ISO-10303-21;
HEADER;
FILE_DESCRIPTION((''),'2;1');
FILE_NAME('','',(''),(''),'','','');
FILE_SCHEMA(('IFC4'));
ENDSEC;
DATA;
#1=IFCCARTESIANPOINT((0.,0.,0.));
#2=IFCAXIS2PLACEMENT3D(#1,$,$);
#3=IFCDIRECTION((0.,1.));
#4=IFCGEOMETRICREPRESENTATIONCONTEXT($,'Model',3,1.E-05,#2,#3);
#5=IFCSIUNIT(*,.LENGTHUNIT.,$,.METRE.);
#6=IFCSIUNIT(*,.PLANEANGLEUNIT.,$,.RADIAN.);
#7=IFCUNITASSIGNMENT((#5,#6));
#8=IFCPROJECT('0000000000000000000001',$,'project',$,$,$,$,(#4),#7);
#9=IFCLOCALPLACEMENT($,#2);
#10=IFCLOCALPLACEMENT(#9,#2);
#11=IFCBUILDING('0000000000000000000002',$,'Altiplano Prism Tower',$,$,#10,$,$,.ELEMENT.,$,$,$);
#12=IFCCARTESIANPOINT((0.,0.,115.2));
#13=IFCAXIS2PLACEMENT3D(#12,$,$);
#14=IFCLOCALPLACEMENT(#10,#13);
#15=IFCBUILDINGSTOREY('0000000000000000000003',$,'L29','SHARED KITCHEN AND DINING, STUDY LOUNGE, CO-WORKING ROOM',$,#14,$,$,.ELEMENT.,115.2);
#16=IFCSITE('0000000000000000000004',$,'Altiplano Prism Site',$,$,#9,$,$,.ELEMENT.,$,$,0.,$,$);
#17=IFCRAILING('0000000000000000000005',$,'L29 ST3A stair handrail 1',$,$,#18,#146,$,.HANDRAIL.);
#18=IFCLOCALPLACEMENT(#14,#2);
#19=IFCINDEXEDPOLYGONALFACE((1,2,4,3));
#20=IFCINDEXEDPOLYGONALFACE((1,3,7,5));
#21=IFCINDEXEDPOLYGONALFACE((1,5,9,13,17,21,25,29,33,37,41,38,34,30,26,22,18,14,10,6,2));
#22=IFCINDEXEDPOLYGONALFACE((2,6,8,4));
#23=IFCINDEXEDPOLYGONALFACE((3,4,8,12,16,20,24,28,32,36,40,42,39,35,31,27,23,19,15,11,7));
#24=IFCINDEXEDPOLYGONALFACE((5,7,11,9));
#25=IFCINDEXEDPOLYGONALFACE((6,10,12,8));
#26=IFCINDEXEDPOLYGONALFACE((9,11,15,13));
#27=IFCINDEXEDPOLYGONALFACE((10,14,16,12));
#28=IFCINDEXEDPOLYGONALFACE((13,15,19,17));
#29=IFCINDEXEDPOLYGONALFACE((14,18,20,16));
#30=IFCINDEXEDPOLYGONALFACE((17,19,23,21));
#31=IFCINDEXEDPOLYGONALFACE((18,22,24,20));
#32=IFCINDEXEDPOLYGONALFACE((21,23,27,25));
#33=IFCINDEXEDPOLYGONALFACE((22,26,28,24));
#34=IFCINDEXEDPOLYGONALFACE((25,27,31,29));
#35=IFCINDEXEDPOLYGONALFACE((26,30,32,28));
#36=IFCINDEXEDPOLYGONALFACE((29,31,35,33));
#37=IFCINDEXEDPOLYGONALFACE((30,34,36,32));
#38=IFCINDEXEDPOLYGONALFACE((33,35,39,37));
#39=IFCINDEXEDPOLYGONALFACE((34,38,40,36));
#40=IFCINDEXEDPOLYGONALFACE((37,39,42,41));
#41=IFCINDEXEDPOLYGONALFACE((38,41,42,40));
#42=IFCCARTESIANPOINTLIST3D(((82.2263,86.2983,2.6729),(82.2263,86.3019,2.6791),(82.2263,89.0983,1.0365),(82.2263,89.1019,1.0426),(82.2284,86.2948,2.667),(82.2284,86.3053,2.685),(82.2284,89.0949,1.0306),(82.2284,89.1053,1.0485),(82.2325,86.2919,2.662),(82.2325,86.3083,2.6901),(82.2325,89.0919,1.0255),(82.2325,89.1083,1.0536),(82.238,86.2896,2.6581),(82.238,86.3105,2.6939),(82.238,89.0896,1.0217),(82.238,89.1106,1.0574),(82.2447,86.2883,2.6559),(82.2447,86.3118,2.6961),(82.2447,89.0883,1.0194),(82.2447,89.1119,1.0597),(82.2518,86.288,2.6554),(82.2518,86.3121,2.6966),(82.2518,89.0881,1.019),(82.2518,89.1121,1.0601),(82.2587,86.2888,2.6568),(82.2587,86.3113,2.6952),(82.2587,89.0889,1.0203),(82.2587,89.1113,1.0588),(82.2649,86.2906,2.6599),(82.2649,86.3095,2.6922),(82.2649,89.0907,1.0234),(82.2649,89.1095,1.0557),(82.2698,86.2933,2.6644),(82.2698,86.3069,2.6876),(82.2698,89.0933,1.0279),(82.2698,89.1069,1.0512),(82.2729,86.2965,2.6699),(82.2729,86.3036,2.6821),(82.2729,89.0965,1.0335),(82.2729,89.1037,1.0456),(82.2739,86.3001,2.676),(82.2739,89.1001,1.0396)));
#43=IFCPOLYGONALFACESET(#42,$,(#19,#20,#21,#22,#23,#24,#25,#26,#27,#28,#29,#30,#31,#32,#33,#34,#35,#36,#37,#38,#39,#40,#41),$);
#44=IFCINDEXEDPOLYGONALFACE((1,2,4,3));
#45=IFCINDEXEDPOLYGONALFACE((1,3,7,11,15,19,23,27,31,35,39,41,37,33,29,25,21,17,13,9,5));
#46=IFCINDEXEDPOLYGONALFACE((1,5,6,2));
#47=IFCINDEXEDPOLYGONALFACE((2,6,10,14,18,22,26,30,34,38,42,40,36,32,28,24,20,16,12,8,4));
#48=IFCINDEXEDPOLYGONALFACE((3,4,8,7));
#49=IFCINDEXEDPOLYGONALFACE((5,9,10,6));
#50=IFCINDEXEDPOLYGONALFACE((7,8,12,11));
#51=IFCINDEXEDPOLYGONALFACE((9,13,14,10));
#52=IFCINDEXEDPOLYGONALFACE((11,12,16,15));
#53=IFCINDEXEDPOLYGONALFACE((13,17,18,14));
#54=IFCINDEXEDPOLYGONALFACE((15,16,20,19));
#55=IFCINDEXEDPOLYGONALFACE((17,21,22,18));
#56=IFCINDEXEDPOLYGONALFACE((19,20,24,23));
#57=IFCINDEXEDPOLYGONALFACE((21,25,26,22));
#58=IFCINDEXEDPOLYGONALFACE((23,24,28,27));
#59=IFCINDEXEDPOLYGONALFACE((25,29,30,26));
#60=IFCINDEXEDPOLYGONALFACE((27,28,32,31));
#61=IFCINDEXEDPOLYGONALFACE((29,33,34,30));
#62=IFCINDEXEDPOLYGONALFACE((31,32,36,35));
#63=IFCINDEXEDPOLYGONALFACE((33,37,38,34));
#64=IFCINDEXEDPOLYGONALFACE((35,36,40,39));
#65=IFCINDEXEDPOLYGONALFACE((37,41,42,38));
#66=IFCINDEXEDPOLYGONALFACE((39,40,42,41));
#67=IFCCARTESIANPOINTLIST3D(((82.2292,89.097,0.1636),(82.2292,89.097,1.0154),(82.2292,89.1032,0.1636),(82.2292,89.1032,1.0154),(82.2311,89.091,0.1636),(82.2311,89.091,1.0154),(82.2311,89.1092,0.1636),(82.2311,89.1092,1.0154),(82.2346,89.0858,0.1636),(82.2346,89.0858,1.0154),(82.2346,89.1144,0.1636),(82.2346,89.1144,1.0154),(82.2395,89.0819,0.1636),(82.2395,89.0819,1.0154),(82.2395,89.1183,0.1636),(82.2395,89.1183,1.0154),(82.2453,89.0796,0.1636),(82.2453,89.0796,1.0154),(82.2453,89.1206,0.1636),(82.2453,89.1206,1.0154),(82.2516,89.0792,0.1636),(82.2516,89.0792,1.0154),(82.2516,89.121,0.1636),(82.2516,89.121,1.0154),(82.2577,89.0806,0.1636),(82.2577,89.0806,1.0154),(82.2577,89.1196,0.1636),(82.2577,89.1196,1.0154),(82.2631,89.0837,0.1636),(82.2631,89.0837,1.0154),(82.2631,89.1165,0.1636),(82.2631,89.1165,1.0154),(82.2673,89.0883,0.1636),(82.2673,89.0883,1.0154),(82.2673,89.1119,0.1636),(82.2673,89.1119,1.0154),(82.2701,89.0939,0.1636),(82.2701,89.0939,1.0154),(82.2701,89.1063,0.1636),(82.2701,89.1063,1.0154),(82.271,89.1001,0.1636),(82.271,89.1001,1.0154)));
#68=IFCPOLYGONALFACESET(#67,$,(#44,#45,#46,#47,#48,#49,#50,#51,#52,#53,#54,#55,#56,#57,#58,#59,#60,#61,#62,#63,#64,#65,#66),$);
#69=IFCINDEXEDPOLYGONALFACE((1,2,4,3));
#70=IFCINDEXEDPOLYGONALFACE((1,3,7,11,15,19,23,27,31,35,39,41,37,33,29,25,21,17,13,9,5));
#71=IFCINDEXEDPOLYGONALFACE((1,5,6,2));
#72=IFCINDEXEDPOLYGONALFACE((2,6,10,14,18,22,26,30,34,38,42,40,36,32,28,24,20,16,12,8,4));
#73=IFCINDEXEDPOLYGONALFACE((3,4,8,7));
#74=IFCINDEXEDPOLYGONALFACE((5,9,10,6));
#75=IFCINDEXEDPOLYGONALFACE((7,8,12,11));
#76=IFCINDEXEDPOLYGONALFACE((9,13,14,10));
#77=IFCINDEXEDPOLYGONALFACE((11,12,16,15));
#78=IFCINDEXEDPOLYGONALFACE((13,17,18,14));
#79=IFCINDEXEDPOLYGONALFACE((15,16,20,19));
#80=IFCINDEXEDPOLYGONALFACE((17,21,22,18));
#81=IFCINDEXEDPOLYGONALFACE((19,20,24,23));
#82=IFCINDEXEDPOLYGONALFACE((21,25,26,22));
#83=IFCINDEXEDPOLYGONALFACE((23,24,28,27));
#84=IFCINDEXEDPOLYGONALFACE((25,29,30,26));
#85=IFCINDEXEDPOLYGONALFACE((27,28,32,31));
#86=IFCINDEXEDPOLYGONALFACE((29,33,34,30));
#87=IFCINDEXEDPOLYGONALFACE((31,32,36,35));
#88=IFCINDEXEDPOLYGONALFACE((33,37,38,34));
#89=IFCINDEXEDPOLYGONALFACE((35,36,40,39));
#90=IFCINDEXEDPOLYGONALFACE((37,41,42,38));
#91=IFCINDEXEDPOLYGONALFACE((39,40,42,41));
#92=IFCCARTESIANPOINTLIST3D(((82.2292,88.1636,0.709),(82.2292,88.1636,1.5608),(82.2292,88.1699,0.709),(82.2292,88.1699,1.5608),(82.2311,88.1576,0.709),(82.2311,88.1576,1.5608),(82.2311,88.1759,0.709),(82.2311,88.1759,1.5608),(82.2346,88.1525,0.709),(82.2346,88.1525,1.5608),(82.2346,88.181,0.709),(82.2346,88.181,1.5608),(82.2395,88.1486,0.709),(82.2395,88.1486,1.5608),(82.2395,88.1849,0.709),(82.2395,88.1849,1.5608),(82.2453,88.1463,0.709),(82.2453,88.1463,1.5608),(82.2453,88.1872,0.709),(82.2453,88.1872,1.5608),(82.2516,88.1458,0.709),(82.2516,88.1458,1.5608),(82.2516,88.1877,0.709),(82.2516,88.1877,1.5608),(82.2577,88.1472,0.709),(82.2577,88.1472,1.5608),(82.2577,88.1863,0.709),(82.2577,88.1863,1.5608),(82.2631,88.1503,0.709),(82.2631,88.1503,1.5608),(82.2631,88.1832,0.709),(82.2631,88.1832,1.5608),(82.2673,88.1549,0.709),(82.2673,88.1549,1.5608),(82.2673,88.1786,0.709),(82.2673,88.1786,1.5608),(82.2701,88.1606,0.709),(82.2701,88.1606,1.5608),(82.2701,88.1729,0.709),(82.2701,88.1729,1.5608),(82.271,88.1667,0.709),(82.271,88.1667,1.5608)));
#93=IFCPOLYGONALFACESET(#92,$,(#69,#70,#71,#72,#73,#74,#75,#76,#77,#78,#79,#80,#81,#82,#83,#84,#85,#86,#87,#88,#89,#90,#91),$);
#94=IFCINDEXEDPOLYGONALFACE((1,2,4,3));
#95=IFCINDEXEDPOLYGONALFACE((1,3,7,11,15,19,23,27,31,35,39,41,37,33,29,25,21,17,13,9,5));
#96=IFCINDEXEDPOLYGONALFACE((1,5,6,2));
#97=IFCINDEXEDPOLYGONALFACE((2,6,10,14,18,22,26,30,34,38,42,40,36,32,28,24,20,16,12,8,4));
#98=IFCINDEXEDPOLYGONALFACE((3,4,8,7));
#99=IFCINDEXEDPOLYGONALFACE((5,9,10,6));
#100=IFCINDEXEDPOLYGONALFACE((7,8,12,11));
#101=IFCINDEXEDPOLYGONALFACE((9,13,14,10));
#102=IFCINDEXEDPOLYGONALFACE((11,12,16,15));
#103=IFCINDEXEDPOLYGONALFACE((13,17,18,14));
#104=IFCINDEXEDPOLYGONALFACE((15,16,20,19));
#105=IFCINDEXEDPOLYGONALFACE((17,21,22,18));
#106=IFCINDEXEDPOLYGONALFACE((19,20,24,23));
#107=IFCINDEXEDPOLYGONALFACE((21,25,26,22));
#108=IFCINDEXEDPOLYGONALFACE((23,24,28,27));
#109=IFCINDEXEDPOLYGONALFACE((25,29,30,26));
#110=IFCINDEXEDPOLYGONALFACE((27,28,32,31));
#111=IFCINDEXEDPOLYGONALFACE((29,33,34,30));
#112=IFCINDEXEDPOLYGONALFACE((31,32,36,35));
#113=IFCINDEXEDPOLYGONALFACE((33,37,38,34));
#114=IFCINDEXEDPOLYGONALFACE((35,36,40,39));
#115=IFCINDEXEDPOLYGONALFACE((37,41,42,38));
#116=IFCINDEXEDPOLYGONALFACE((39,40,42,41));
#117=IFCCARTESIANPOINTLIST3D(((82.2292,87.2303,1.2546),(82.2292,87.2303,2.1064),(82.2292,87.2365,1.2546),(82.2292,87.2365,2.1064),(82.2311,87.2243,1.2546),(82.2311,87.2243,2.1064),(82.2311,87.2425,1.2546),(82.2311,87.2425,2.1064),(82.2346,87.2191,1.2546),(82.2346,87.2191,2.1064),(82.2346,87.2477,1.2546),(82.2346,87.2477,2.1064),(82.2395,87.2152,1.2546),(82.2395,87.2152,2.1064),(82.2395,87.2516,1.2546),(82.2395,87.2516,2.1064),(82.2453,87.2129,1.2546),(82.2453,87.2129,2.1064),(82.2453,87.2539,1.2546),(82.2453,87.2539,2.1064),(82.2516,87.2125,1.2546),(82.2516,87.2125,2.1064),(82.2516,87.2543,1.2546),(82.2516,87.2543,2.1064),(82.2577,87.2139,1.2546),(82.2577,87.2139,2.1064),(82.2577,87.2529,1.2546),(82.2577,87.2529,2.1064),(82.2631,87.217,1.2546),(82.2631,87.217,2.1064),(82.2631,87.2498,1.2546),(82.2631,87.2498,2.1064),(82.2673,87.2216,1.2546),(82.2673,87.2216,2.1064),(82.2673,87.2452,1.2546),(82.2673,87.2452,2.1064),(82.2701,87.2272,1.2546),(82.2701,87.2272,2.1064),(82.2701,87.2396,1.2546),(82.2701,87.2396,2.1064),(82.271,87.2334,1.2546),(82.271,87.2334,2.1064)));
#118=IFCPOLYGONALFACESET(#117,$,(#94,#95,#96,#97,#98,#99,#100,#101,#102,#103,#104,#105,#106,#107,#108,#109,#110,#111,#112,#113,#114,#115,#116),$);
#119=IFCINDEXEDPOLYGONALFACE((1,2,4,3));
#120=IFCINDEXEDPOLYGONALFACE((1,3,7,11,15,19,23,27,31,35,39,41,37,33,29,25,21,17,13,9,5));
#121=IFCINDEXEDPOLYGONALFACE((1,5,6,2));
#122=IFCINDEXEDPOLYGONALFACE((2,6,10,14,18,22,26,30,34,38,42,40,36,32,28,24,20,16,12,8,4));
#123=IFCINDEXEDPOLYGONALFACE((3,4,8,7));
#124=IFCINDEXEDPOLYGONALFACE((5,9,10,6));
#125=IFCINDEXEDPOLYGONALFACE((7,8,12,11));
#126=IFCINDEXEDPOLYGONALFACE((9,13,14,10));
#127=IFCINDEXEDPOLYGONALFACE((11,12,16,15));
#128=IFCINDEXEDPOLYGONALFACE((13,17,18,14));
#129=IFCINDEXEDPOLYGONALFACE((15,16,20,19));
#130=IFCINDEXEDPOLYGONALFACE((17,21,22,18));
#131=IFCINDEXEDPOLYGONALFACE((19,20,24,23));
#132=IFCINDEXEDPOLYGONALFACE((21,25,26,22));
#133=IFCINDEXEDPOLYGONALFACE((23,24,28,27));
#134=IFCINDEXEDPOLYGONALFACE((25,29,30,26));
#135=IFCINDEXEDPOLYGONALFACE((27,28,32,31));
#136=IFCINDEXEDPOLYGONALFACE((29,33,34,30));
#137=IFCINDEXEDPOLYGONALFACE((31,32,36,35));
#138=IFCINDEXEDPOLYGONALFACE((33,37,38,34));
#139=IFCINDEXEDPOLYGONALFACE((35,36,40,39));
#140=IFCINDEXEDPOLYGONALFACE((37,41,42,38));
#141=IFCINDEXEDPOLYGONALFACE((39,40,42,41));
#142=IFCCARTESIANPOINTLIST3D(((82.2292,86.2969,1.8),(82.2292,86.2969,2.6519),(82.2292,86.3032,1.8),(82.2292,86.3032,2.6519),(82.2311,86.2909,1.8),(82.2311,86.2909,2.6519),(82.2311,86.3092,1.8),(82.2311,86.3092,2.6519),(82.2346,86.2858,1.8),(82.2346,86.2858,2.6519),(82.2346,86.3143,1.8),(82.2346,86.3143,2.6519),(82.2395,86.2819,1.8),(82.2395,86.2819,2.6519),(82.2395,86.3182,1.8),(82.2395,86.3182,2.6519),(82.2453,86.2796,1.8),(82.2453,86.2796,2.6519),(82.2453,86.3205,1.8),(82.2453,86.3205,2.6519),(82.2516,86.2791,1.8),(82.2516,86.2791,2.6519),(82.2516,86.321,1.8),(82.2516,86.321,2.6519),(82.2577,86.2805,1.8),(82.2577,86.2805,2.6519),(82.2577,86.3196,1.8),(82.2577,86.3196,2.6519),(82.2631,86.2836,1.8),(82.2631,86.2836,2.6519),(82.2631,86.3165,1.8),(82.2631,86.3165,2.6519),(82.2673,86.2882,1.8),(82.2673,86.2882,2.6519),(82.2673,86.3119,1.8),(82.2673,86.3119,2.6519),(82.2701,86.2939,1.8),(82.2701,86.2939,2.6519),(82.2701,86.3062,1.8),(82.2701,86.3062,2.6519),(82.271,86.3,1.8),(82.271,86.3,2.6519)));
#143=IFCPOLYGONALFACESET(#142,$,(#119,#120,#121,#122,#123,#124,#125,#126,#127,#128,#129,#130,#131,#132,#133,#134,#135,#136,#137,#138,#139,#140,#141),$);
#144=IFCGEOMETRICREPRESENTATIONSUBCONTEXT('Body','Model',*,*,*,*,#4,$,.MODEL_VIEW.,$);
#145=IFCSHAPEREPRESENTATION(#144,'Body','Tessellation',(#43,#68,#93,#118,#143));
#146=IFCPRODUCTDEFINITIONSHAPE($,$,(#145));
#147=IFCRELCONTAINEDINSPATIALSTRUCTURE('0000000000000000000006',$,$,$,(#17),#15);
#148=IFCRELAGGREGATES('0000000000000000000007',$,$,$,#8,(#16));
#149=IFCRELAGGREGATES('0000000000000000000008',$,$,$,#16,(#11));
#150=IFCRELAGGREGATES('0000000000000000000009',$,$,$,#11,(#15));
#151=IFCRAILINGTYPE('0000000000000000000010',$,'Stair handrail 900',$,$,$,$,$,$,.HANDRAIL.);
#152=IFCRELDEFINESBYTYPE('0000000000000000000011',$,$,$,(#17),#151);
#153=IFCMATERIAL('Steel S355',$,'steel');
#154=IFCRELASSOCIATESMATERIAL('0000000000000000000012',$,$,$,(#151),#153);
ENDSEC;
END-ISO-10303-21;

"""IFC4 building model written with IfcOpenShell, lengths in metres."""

from ifc_helpers import new_model, si_unit, direction, frame, origin, origin_2d, place, context, subcontext, project, spatial, circle, extrude, material, type_object, element, save


model = new_model("IFC4")

# Units and contexts
model_context = context("Model", 3, precision=1e-05, world=origin(), true_north=direction((0.0, 1.0)))
body_context = subcontext(model_context, "Body", "Model", "MODEL_VIEW")
ifc_project = project(units=[si_unit("LENGTHUNIT", "METRE"), si_unit("PLANEANGLEUNIT", "RADIAN")], contexts=[model_context])

# Site, building, storey
site_placement = place(None, origin())
site = spatial("IfcSite", under=ifc_project, at=site_placement, Name="Altiplano Prism Site", CompositionType="ELEMENT", RefElevation=0.0)
building_placement = place(site_placement, origin())
building = spatial("IfcBuilding", under=site, at=building_placement, Name="Altiplano Prism Tower", CompositionType="ELEMENT")
storey_placement = place(building_placement, frame((0.0, 0.0, 115.2)))
storey = spatial("IfcBuildingStorey", under=building, at=storey_placement, Name="L29", Description="SHARED KITCHEN AND DINING, STUDY LOUNGE, CO-WORKING ROOM", CompositionType="ELEMENT", Elevation=115.2)

# Railing
ifc_material_1 = material(Name="Steel S355", Category="steel")
railing_type = type_object("IfcRailingType", Name="Stair handrail 900", PredefinedType="HANDRAIL", material=ifc_material_1)
railing_placement = place(storey_placement, frame((82.25, 89.1001, 0.1636)))
element("IfcRailing", 1, at=railing_placement, inside=storey, type_object=railing_type, Name="L29 ST3A stair handrail 1", PredefinedType="HANDRAIL", context=body_context, shape_type="SweptSolid", body=[
    extrude(circle(Radius=0.0239, at=origin_2d()), frame((0.0, 0.0, 0.876), z_axis=(0.0, -0.863361, 0.504587), x_axis=(1.0, 0.0, 0.0)), (0.0, 0.0, 1.0), 3.2432),
    extrude(circle(Radius=0.021, at=origin_2d()), origin(), (0.0, 0.0, 1.0), 0.8518),
    extrude(circle(Radius=0.021, at=origin_2d()), frame((0.0, -0.9333, 0.5454)), (0.0, 0.0, 1.0), 0.8518),
    extrude(circle(Radius=0.021, at=origin_2d()), frame((0.0, -1.8667, 1.0911)), (0.0, 0.0, 1.0), 0.8518),
    extrude(circle(Radius=0.021, at=origin_2d()), frame((0.0, -2.8, 1.6365)), (0.0, 0.0, 1.0), 0.8518),
])

save(model, "model.ifc")
